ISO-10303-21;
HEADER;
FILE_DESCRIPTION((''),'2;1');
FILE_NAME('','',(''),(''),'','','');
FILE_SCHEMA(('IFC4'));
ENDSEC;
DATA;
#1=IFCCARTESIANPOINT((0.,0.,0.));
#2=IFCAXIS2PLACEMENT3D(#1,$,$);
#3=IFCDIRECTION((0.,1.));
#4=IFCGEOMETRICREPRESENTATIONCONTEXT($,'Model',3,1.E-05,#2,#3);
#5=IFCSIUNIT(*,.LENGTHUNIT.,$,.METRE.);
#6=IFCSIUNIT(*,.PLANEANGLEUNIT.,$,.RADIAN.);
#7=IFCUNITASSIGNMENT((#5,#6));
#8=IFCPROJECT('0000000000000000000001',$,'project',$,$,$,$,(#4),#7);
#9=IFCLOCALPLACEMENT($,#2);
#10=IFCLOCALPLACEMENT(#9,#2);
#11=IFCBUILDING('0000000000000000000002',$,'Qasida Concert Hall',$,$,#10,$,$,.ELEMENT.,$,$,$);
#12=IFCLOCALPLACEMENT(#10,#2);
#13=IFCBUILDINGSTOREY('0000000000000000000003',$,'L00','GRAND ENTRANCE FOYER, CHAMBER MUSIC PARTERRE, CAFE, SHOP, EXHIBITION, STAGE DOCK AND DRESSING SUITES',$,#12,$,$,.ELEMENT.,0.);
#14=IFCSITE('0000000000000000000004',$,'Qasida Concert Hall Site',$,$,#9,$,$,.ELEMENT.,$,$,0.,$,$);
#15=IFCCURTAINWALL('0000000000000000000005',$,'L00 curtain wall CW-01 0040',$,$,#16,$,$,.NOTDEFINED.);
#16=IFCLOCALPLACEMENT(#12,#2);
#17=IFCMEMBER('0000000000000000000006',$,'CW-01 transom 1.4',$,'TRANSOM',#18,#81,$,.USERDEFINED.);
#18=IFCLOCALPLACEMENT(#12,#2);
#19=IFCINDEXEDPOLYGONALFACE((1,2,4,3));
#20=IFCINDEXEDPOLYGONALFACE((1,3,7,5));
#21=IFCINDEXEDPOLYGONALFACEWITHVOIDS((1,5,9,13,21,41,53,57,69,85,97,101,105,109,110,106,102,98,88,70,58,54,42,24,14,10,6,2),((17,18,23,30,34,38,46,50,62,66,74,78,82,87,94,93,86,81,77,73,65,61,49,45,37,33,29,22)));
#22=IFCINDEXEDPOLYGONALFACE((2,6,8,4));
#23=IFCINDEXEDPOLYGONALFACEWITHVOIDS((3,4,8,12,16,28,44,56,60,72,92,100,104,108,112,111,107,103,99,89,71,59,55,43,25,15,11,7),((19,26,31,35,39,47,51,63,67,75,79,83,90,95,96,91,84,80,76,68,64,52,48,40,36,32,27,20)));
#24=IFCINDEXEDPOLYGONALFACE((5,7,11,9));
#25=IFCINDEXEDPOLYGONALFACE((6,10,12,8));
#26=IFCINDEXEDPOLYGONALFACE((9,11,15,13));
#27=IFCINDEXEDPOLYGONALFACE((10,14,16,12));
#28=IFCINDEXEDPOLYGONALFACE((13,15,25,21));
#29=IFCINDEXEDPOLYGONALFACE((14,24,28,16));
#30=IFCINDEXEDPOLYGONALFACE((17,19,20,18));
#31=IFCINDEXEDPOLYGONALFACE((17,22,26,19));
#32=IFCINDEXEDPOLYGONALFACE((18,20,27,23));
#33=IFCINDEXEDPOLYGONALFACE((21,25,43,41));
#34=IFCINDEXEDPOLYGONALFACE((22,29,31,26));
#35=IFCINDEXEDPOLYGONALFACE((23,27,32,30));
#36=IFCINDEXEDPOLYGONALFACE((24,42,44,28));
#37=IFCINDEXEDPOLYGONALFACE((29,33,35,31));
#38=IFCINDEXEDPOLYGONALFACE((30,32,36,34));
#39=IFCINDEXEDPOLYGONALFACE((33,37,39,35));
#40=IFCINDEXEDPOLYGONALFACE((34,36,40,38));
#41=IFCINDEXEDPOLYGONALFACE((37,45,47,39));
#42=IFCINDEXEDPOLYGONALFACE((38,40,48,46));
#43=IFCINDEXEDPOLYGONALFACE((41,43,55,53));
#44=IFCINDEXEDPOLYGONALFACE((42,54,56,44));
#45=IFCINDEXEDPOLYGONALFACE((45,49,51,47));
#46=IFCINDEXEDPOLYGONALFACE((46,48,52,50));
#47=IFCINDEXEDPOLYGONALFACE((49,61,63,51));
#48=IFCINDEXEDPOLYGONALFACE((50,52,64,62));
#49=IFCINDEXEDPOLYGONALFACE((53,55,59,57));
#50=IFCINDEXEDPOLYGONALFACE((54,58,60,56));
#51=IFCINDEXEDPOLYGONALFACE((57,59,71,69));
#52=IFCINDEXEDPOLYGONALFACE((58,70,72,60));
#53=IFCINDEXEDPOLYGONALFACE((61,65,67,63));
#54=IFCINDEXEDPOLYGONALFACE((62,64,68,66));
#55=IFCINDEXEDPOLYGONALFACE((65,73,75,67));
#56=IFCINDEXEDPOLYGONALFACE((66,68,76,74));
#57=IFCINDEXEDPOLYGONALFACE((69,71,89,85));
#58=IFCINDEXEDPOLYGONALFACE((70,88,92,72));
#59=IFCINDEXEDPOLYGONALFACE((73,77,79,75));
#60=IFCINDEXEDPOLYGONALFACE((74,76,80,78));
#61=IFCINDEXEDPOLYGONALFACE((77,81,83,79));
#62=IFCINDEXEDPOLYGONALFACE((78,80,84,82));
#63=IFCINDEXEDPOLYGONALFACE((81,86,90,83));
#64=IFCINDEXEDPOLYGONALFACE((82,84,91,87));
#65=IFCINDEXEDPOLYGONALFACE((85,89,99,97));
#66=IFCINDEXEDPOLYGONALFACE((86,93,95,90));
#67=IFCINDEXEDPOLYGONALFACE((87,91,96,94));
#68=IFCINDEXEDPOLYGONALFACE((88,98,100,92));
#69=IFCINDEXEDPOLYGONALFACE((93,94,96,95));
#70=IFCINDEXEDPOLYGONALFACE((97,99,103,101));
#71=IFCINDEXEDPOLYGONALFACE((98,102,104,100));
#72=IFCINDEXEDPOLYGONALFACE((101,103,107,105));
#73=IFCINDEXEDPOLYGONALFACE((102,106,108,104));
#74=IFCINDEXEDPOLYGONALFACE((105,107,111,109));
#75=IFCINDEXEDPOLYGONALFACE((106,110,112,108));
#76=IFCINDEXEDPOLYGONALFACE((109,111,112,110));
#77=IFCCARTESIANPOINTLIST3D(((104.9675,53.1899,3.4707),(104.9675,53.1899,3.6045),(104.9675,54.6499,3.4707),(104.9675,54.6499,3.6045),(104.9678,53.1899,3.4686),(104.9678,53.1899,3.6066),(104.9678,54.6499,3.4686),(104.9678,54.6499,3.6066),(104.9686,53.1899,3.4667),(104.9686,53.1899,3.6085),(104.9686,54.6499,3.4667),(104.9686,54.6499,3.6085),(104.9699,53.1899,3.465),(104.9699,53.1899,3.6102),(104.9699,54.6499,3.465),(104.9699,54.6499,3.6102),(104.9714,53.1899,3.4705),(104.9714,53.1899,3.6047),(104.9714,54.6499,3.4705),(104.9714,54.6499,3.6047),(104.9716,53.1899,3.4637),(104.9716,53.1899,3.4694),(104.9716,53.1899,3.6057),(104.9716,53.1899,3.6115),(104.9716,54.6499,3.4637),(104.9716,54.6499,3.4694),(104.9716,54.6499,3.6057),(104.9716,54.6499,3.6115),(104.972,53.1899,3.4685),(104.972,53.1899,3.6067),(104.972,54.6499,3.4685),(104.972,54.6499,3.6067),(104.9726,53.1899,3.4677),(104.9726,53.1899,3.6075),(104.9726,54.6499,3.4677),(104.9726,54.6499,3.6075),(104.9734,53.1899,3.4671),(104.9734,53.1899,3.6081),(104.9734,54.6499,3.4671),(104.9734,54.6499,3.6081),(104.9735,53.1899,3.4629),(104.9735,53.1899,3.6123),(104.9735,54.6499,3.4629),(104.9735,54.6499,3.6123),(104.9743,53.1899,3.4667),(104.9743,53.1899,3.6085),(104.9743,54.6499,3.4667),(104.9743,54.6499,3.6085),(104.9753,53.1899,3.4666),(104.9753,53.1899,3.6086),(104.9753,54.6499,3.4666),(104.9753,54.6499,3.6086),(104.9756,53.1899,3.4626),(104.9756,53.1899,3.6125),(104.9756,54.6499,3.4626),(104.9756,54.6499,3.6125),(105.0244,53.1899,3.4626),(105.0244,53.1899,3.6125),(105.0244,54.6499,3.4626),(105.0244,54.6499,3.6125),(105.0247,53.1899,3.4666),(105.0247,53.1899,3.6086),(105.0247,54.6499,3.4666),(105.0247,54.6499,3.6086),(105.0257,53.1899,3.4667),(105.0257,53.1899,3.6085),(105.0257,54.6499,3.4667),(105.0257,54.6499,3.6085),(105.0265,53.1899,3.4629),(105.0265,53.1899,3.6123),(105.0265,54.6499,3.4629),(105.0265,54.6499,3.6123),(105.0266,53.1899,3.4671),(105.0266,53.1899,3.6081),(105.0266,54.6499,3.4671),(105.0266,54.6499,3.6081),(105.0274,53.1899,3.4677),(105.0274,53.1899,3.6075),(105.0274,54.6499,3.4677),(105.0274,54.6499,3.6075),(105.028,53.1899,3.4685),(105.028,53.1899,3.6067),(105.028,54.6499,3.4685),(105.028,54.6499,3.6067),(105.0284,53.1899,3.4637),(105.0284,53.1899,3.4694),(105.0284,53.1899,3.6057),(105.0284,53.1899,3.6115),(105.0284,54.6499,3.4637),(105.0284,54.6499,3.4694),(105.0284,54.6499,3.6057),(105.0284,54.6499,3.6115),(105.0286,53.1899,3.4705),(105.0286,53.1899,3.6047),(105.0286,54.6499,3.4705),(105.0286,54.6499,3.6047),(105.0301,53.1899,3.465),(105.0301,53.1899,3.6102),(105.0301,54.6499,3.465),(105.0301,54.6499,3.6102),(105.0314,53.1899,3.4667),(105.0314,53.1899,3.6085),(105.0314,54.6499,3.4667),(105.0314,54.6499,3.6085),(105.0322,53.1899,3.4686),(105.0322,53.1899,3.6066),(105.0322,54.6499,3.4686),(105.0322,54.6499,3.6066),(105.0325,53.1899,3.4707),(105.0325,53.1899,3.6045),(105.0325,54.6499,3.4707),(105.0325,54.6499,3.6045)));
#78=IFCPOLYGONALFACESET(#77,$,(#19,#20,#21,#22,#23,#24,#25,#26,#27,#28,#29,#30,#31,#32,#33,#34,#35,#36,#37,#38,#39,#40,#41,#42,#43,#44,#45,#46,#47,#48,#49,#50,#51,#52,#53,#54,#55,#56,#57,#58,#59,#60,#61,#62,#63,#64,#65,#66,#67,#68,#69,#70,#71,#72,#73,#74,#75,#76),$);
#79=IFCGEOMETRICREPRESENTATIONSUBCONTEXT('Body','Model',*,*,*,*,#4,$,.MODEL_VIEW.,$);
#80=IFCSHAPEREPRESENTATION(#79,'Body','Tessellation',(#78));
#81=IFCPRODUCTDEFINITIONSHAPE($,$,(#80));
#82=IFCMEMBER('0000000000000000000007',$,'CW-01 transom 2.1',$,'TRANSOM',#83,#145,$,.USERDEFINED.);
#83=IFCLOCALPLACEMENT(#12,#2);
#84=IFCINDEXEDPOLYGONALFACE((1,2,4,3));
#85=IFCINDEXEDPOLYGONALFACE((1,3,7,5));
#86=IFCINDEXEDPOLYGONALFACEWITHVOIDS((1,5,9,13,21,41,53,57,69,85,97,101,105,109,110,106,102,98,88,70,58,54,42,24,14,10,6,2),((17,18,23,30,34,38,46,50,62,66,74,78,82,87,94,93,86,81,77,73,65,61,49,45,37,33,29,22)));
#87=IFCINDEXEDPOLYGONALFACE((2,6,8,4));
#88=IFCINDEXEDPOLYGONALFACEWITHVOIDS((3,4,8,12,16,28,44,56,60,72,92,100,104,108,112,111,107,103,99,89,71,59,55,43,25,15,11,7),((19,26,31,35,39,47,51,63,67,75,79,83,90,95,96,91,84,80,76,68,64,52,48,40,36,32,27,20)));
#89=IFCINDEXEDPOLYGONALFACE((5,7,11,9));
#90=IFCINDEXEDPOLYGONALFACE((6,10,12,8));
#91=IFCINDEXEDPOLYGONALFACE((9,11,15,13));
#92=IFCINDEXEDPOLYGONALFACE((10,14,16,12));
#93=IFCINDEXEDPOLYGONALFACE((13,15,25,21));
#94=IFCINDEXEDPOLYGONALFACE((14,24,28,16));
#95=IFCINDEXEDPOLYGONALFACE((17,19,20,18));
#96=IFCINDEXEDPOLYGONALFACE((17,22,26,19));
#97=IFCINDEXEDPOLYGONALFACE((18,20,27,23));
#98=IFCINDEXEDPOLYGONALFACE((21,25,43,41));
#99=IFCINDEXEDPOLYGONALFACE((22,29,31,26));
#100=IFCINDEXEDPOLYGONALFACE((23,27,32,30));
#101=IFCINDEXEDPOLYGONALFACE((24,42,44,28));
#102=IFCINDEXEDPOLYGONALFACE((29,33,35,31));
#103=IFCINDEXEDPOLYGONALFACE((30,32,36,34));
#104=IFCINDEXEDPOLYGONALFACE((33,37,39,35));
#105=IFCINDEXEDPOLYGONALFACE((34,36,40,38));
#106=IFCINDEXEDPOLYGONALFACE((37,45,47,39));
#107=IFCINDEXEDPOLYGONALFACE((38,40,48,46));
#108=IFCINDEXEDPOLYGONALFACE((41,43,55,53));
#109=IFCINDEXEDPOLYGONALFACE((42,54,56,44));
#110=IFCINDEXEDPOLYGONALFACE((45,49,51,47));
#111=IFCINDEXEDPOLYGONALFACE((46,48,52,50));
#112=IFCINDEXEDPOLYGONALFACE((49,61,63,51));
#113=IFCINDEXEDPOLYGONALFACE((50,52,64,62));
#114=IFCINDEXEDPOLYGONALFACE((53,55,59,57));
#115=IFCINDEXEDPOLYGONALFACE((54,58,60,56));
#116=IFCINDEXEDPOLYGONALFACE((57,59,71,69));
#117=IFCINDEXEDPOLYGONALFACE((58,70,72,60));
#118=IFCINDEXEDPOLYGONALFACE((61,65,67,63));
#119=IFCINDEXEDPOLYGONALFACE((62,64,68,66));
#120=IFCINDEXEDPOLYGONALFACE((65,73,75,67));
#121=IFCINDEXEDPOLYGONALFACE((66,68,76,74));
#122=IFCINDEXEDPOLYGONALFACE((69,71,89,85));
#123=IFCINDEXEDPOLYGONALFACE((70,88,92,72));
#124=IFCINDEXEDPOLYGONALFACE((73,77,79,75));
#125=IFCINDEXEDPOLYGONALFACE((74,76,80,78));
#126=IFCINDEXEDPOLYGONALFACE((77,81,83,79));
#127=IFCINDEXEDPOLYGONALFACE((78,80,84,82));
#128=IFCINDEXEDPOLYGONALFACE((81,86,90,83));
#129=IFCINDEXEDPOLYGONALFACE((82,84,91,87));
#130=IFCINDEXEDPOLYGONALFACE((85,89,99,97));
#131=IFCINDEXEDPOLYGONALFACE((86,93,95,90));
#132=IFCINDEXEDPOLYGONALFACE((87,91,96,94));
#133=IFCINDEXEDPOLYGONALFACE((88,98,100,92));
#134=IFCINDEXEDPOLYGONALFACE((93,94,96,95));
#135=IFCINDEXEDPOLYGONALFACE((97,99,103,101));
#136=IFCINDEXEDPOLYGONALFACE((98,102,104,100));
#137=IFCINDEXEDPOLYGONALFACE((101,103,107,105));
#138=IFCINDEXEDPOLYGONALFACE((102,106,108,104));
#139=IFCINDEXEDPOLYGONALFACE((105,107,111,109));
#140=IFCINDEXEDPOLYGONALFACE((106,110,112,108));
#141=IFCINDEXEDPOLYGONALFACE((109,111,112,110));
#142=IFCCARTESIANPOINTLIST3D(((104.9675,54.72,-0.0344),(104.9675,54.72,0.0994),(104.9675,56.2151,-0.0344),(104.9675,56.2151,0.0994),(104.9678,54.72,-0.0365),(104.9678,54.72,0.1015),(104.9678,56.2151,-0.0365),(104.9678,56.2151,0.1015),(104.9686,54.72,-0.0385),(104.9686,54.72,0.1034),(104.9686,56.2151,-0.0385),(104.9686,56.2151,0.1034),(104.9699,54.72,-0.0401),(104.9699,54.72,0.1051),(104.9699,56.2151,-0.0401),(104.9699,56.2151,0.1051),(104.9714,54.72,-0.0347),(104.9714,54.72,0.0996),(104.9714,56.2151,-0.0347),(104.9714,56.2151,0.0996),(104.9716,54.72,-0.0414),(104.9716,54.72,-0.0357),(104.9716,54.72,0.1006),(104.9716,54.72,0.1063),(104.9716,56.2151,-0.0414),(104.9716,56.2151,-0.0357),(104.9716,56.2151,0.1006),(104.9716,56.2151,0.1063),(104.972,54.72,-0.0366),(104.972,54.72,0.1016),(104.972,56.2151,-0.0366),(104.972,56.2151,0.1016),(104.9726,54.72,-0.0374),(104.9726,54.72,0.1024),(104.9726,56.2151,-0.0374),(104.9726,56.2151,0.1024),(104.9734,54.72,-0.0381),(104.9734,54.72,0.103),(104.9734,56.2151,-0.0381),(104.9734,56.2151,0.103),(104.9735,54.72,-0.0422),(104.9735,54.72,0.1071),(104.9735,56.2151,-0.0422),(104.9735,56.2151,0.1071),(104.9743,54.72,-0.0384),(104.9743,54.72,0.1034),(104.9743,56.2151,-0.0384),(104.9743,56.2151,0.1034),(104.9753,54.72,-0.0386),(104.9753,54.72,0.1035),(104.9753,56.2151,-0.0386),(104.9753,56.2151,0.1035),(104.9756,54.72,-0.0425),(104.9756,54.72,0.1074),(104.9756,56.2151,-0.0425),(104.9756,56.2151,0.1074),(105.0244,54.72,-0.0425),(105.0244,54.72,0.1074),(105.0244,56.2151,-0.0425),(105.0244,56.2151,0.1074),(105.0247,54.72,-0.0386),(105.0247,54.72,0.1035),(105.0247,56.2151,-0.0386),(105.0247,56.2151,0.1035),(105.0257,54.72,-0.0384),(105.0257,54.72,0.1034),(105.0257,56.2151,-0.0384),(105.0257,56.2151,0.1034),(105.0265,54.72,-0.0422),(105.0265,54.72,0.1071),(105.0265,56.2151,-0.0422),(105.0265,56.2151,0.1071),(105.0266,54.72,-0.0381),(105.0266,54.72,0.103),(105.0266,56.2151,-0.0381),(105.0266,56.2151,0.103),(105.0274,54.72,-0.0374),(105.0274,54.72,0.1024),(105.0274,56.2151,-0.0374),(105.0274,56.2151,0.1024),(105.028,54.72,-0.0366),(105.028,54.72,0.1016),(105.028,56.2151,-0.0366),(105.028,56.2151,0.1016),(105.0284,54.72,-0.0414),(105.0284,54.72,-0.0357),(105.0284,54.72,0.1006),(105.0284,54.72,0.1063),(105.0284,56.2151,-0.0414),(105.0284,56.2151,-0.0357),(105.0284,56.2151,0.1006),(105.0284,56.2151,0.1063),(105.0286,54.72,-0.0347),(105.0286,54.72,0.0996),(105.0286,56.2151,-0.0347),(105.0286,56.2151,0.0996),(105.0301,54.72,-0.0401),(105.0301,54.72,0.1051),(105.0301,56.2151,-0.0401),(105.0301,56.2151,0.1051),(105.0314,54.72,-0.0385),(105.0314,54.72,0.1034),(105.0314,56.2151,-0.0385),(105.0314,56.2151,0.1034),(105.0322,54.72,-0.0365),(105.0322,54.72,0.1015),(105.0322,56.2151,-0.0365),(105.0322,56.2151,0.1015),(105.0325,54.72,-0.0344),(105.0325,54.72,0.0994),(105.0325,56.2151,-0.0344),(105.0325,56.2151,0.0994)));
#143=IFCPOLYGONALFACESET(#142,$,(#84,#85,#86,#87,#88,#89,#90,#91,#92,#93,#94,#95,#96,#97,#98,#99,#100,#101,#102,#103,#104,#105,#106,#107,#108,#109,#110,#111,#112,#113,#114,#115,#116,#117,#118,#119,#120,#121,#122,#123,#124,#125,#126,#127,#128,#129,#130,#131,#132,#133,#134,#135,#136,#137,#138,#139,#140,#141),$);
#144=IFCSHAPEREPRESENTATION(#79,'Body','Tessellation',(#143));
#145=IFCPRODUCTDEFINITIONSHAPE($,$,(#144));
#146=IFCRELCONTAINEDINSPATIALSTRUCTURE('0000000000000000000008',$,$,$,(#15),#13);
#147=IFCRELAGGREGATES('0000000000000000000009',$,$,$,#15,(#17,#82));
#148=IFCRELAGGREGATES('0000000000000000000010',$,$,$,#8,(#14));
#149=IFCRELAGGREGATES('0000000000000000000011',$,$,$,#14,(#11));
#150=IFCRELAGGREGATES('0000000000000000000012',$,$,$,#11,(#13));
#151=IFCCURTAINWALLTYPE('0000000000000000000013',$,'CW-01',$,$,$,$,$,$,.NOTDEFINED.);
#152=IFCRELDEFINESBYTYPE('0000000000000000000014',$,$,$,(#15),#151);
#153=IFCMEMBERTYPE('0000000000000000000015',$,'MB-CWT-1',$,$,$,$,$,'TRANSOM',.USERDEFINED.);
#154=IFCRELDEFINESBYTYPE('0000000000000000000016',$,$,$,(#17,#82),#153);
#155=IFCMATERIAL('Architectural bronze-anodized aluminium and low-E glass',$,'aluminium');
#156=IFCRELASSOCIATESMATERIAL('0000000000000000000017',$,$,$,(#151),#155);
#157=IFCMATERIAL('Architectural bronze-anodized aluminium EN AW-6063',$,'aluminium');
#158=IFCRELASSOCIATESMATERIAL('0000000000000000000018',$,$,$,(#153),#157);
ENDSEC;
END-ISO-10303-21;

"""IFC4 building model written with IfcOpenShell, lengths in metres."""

from ifc_helpers import new_model, si_unit, direction, frame, origin, origin_2d, place, context, subcontext, project, spatial, hollow_rectangle, extrude, material, material_profile, profile_set, type_object, element, aggregate, save


model = new_model("IFC4")

# Units and contexts
model_context = context("Model", 3, precision=1e-05, world=origin(), true_north=direction((0.0, 1.0)))
body_context = subcontext(model_context, "Body", "Model", "MODEL_VIEW")
ifc_project = project(units=[si_unit("LENGTHUNIT", "METRE"), si_unit("PLANEANGLEUNIT", "RADIAN")], contexts=[model_context])

# Site, building, storey
site_placement = place(None, origin())
site = spatial("IfcSite", under=ifc_project, at=site_placement, Name="Qasida Concert Hall Site", CompositionType="ELEMENT", RefElevation=0.0)
building_placement = place(site_placement, origin())
building = spatial("IfcBuilding", under=site, at=building_placement, Name="Qasida Concert Hall", CompositionType="ELEMENT")
storey_placement = place(building_placement, origin())
storey = spatial("IfcBuildingStorey", under=building, at=storey_placement, Name="L00", Description="GRAND ENTRANCE FOYER, CHAMBER MUSIC PARTERRE, CAFE, SHOP, EXHIBITION, STAGE DOCK AND DRESSING SUITES", CompositionType="ELEMENT", Elevation=0.0)

# Curtain wall, members
ifc_material_1 = material(Name="Architectural bronze-anodized aluminium and low-E glass", Category="aluminium")
curtain_wall_type = type_object("IfcCurtainWallType", Name="CW-01", PredefinedType="NOTDEFINED", material=ifc_material_1)
curtain_wall_placement = place(storey_placement, origin())
curtain_wall = element("IfcCurtainWall", 1, at=curtain_wall_placement, inside=storey, type_object=curtain_wall_type, Name="L00 curtain wall CW-01 0040", PredefinedType="NOTDEFINED")
ifc_material_2 = material(Name="Architectural bronze-anodized aluminium EN AW-6063", Category="aluminium")
ifc_material_profile_1 = material_profile(ifc_material_2, hollow_rectangle(XDim=0.0649, YDim=0.1499, WallThickness=0.0039, InnerFilletRadius=0.0039, OuterFilletRadius=0.0081, at=origin_2d()), Name="CWT 150x65x4")
ifc_profile_set_1 = profile_set([ifc_material_profile_1], Name="Architectural bronze-anodized aluminium EN AW-6063")
member_type_1 = type_object("IfcMemberType", Name="MB-CWT-1", ElementType="TRANSOM", PredefinedType="USERDEFINED", material=ifc_profile_set_1)
member_1_placement = place(storey_placement, frame((105.0, 53.1899, 3.5376), z_axis=(0.0, 1.0, 0.0), x_axis=(-1.0, 0.0, 0.0)))
member_1 = element("IfcMember", 2, at=member_1_placement, type_object=member_type_1, Name="CW-01 transom 1.4", ObjectType="TRANSOM", PredefinedType="USERDEFINED", context=body_context, shape_type="SweptSolid", body=[
    extrude(hollow_rectangle(XDim=0.0649, YDim=0.1499, WallThickness=0.0039, InnerFilletRadius=0.0039, OuterFilletRadius=0.0081, at=origin_2d()), origin(), (0.0, 0.0, 1.0), 1.46),
])
member_2_placement = place(storey_placement, frame((105.0, 54.72, 0.0325), z_axis=(0.0, 1.0, 0.0), x_axis=(-1.0, 0.0, 0.0)))
member_2 = element("IfcMember", 3, at=member_2_placement, type_object=member_type_1, Name="CW-01 transom 2.1", ObjectType="TRANSOM", PredefinedType="USERDEFINED", context=body_context, shape_type="SweptSolid", body=[
    extrude(hollow_rectangle(XDim=0.0649, YDim=0.1499, WallThickness=0.0039, InnerFilletRadius=0.0039, OuterFilletRadius=0.0081, at=origin_2d()), origin(), (0.0, 0.0, 1.0), 1.4951),
])
aggregate(curtain_wall, [member_1, member_2])

save(model, "model.ifc")
